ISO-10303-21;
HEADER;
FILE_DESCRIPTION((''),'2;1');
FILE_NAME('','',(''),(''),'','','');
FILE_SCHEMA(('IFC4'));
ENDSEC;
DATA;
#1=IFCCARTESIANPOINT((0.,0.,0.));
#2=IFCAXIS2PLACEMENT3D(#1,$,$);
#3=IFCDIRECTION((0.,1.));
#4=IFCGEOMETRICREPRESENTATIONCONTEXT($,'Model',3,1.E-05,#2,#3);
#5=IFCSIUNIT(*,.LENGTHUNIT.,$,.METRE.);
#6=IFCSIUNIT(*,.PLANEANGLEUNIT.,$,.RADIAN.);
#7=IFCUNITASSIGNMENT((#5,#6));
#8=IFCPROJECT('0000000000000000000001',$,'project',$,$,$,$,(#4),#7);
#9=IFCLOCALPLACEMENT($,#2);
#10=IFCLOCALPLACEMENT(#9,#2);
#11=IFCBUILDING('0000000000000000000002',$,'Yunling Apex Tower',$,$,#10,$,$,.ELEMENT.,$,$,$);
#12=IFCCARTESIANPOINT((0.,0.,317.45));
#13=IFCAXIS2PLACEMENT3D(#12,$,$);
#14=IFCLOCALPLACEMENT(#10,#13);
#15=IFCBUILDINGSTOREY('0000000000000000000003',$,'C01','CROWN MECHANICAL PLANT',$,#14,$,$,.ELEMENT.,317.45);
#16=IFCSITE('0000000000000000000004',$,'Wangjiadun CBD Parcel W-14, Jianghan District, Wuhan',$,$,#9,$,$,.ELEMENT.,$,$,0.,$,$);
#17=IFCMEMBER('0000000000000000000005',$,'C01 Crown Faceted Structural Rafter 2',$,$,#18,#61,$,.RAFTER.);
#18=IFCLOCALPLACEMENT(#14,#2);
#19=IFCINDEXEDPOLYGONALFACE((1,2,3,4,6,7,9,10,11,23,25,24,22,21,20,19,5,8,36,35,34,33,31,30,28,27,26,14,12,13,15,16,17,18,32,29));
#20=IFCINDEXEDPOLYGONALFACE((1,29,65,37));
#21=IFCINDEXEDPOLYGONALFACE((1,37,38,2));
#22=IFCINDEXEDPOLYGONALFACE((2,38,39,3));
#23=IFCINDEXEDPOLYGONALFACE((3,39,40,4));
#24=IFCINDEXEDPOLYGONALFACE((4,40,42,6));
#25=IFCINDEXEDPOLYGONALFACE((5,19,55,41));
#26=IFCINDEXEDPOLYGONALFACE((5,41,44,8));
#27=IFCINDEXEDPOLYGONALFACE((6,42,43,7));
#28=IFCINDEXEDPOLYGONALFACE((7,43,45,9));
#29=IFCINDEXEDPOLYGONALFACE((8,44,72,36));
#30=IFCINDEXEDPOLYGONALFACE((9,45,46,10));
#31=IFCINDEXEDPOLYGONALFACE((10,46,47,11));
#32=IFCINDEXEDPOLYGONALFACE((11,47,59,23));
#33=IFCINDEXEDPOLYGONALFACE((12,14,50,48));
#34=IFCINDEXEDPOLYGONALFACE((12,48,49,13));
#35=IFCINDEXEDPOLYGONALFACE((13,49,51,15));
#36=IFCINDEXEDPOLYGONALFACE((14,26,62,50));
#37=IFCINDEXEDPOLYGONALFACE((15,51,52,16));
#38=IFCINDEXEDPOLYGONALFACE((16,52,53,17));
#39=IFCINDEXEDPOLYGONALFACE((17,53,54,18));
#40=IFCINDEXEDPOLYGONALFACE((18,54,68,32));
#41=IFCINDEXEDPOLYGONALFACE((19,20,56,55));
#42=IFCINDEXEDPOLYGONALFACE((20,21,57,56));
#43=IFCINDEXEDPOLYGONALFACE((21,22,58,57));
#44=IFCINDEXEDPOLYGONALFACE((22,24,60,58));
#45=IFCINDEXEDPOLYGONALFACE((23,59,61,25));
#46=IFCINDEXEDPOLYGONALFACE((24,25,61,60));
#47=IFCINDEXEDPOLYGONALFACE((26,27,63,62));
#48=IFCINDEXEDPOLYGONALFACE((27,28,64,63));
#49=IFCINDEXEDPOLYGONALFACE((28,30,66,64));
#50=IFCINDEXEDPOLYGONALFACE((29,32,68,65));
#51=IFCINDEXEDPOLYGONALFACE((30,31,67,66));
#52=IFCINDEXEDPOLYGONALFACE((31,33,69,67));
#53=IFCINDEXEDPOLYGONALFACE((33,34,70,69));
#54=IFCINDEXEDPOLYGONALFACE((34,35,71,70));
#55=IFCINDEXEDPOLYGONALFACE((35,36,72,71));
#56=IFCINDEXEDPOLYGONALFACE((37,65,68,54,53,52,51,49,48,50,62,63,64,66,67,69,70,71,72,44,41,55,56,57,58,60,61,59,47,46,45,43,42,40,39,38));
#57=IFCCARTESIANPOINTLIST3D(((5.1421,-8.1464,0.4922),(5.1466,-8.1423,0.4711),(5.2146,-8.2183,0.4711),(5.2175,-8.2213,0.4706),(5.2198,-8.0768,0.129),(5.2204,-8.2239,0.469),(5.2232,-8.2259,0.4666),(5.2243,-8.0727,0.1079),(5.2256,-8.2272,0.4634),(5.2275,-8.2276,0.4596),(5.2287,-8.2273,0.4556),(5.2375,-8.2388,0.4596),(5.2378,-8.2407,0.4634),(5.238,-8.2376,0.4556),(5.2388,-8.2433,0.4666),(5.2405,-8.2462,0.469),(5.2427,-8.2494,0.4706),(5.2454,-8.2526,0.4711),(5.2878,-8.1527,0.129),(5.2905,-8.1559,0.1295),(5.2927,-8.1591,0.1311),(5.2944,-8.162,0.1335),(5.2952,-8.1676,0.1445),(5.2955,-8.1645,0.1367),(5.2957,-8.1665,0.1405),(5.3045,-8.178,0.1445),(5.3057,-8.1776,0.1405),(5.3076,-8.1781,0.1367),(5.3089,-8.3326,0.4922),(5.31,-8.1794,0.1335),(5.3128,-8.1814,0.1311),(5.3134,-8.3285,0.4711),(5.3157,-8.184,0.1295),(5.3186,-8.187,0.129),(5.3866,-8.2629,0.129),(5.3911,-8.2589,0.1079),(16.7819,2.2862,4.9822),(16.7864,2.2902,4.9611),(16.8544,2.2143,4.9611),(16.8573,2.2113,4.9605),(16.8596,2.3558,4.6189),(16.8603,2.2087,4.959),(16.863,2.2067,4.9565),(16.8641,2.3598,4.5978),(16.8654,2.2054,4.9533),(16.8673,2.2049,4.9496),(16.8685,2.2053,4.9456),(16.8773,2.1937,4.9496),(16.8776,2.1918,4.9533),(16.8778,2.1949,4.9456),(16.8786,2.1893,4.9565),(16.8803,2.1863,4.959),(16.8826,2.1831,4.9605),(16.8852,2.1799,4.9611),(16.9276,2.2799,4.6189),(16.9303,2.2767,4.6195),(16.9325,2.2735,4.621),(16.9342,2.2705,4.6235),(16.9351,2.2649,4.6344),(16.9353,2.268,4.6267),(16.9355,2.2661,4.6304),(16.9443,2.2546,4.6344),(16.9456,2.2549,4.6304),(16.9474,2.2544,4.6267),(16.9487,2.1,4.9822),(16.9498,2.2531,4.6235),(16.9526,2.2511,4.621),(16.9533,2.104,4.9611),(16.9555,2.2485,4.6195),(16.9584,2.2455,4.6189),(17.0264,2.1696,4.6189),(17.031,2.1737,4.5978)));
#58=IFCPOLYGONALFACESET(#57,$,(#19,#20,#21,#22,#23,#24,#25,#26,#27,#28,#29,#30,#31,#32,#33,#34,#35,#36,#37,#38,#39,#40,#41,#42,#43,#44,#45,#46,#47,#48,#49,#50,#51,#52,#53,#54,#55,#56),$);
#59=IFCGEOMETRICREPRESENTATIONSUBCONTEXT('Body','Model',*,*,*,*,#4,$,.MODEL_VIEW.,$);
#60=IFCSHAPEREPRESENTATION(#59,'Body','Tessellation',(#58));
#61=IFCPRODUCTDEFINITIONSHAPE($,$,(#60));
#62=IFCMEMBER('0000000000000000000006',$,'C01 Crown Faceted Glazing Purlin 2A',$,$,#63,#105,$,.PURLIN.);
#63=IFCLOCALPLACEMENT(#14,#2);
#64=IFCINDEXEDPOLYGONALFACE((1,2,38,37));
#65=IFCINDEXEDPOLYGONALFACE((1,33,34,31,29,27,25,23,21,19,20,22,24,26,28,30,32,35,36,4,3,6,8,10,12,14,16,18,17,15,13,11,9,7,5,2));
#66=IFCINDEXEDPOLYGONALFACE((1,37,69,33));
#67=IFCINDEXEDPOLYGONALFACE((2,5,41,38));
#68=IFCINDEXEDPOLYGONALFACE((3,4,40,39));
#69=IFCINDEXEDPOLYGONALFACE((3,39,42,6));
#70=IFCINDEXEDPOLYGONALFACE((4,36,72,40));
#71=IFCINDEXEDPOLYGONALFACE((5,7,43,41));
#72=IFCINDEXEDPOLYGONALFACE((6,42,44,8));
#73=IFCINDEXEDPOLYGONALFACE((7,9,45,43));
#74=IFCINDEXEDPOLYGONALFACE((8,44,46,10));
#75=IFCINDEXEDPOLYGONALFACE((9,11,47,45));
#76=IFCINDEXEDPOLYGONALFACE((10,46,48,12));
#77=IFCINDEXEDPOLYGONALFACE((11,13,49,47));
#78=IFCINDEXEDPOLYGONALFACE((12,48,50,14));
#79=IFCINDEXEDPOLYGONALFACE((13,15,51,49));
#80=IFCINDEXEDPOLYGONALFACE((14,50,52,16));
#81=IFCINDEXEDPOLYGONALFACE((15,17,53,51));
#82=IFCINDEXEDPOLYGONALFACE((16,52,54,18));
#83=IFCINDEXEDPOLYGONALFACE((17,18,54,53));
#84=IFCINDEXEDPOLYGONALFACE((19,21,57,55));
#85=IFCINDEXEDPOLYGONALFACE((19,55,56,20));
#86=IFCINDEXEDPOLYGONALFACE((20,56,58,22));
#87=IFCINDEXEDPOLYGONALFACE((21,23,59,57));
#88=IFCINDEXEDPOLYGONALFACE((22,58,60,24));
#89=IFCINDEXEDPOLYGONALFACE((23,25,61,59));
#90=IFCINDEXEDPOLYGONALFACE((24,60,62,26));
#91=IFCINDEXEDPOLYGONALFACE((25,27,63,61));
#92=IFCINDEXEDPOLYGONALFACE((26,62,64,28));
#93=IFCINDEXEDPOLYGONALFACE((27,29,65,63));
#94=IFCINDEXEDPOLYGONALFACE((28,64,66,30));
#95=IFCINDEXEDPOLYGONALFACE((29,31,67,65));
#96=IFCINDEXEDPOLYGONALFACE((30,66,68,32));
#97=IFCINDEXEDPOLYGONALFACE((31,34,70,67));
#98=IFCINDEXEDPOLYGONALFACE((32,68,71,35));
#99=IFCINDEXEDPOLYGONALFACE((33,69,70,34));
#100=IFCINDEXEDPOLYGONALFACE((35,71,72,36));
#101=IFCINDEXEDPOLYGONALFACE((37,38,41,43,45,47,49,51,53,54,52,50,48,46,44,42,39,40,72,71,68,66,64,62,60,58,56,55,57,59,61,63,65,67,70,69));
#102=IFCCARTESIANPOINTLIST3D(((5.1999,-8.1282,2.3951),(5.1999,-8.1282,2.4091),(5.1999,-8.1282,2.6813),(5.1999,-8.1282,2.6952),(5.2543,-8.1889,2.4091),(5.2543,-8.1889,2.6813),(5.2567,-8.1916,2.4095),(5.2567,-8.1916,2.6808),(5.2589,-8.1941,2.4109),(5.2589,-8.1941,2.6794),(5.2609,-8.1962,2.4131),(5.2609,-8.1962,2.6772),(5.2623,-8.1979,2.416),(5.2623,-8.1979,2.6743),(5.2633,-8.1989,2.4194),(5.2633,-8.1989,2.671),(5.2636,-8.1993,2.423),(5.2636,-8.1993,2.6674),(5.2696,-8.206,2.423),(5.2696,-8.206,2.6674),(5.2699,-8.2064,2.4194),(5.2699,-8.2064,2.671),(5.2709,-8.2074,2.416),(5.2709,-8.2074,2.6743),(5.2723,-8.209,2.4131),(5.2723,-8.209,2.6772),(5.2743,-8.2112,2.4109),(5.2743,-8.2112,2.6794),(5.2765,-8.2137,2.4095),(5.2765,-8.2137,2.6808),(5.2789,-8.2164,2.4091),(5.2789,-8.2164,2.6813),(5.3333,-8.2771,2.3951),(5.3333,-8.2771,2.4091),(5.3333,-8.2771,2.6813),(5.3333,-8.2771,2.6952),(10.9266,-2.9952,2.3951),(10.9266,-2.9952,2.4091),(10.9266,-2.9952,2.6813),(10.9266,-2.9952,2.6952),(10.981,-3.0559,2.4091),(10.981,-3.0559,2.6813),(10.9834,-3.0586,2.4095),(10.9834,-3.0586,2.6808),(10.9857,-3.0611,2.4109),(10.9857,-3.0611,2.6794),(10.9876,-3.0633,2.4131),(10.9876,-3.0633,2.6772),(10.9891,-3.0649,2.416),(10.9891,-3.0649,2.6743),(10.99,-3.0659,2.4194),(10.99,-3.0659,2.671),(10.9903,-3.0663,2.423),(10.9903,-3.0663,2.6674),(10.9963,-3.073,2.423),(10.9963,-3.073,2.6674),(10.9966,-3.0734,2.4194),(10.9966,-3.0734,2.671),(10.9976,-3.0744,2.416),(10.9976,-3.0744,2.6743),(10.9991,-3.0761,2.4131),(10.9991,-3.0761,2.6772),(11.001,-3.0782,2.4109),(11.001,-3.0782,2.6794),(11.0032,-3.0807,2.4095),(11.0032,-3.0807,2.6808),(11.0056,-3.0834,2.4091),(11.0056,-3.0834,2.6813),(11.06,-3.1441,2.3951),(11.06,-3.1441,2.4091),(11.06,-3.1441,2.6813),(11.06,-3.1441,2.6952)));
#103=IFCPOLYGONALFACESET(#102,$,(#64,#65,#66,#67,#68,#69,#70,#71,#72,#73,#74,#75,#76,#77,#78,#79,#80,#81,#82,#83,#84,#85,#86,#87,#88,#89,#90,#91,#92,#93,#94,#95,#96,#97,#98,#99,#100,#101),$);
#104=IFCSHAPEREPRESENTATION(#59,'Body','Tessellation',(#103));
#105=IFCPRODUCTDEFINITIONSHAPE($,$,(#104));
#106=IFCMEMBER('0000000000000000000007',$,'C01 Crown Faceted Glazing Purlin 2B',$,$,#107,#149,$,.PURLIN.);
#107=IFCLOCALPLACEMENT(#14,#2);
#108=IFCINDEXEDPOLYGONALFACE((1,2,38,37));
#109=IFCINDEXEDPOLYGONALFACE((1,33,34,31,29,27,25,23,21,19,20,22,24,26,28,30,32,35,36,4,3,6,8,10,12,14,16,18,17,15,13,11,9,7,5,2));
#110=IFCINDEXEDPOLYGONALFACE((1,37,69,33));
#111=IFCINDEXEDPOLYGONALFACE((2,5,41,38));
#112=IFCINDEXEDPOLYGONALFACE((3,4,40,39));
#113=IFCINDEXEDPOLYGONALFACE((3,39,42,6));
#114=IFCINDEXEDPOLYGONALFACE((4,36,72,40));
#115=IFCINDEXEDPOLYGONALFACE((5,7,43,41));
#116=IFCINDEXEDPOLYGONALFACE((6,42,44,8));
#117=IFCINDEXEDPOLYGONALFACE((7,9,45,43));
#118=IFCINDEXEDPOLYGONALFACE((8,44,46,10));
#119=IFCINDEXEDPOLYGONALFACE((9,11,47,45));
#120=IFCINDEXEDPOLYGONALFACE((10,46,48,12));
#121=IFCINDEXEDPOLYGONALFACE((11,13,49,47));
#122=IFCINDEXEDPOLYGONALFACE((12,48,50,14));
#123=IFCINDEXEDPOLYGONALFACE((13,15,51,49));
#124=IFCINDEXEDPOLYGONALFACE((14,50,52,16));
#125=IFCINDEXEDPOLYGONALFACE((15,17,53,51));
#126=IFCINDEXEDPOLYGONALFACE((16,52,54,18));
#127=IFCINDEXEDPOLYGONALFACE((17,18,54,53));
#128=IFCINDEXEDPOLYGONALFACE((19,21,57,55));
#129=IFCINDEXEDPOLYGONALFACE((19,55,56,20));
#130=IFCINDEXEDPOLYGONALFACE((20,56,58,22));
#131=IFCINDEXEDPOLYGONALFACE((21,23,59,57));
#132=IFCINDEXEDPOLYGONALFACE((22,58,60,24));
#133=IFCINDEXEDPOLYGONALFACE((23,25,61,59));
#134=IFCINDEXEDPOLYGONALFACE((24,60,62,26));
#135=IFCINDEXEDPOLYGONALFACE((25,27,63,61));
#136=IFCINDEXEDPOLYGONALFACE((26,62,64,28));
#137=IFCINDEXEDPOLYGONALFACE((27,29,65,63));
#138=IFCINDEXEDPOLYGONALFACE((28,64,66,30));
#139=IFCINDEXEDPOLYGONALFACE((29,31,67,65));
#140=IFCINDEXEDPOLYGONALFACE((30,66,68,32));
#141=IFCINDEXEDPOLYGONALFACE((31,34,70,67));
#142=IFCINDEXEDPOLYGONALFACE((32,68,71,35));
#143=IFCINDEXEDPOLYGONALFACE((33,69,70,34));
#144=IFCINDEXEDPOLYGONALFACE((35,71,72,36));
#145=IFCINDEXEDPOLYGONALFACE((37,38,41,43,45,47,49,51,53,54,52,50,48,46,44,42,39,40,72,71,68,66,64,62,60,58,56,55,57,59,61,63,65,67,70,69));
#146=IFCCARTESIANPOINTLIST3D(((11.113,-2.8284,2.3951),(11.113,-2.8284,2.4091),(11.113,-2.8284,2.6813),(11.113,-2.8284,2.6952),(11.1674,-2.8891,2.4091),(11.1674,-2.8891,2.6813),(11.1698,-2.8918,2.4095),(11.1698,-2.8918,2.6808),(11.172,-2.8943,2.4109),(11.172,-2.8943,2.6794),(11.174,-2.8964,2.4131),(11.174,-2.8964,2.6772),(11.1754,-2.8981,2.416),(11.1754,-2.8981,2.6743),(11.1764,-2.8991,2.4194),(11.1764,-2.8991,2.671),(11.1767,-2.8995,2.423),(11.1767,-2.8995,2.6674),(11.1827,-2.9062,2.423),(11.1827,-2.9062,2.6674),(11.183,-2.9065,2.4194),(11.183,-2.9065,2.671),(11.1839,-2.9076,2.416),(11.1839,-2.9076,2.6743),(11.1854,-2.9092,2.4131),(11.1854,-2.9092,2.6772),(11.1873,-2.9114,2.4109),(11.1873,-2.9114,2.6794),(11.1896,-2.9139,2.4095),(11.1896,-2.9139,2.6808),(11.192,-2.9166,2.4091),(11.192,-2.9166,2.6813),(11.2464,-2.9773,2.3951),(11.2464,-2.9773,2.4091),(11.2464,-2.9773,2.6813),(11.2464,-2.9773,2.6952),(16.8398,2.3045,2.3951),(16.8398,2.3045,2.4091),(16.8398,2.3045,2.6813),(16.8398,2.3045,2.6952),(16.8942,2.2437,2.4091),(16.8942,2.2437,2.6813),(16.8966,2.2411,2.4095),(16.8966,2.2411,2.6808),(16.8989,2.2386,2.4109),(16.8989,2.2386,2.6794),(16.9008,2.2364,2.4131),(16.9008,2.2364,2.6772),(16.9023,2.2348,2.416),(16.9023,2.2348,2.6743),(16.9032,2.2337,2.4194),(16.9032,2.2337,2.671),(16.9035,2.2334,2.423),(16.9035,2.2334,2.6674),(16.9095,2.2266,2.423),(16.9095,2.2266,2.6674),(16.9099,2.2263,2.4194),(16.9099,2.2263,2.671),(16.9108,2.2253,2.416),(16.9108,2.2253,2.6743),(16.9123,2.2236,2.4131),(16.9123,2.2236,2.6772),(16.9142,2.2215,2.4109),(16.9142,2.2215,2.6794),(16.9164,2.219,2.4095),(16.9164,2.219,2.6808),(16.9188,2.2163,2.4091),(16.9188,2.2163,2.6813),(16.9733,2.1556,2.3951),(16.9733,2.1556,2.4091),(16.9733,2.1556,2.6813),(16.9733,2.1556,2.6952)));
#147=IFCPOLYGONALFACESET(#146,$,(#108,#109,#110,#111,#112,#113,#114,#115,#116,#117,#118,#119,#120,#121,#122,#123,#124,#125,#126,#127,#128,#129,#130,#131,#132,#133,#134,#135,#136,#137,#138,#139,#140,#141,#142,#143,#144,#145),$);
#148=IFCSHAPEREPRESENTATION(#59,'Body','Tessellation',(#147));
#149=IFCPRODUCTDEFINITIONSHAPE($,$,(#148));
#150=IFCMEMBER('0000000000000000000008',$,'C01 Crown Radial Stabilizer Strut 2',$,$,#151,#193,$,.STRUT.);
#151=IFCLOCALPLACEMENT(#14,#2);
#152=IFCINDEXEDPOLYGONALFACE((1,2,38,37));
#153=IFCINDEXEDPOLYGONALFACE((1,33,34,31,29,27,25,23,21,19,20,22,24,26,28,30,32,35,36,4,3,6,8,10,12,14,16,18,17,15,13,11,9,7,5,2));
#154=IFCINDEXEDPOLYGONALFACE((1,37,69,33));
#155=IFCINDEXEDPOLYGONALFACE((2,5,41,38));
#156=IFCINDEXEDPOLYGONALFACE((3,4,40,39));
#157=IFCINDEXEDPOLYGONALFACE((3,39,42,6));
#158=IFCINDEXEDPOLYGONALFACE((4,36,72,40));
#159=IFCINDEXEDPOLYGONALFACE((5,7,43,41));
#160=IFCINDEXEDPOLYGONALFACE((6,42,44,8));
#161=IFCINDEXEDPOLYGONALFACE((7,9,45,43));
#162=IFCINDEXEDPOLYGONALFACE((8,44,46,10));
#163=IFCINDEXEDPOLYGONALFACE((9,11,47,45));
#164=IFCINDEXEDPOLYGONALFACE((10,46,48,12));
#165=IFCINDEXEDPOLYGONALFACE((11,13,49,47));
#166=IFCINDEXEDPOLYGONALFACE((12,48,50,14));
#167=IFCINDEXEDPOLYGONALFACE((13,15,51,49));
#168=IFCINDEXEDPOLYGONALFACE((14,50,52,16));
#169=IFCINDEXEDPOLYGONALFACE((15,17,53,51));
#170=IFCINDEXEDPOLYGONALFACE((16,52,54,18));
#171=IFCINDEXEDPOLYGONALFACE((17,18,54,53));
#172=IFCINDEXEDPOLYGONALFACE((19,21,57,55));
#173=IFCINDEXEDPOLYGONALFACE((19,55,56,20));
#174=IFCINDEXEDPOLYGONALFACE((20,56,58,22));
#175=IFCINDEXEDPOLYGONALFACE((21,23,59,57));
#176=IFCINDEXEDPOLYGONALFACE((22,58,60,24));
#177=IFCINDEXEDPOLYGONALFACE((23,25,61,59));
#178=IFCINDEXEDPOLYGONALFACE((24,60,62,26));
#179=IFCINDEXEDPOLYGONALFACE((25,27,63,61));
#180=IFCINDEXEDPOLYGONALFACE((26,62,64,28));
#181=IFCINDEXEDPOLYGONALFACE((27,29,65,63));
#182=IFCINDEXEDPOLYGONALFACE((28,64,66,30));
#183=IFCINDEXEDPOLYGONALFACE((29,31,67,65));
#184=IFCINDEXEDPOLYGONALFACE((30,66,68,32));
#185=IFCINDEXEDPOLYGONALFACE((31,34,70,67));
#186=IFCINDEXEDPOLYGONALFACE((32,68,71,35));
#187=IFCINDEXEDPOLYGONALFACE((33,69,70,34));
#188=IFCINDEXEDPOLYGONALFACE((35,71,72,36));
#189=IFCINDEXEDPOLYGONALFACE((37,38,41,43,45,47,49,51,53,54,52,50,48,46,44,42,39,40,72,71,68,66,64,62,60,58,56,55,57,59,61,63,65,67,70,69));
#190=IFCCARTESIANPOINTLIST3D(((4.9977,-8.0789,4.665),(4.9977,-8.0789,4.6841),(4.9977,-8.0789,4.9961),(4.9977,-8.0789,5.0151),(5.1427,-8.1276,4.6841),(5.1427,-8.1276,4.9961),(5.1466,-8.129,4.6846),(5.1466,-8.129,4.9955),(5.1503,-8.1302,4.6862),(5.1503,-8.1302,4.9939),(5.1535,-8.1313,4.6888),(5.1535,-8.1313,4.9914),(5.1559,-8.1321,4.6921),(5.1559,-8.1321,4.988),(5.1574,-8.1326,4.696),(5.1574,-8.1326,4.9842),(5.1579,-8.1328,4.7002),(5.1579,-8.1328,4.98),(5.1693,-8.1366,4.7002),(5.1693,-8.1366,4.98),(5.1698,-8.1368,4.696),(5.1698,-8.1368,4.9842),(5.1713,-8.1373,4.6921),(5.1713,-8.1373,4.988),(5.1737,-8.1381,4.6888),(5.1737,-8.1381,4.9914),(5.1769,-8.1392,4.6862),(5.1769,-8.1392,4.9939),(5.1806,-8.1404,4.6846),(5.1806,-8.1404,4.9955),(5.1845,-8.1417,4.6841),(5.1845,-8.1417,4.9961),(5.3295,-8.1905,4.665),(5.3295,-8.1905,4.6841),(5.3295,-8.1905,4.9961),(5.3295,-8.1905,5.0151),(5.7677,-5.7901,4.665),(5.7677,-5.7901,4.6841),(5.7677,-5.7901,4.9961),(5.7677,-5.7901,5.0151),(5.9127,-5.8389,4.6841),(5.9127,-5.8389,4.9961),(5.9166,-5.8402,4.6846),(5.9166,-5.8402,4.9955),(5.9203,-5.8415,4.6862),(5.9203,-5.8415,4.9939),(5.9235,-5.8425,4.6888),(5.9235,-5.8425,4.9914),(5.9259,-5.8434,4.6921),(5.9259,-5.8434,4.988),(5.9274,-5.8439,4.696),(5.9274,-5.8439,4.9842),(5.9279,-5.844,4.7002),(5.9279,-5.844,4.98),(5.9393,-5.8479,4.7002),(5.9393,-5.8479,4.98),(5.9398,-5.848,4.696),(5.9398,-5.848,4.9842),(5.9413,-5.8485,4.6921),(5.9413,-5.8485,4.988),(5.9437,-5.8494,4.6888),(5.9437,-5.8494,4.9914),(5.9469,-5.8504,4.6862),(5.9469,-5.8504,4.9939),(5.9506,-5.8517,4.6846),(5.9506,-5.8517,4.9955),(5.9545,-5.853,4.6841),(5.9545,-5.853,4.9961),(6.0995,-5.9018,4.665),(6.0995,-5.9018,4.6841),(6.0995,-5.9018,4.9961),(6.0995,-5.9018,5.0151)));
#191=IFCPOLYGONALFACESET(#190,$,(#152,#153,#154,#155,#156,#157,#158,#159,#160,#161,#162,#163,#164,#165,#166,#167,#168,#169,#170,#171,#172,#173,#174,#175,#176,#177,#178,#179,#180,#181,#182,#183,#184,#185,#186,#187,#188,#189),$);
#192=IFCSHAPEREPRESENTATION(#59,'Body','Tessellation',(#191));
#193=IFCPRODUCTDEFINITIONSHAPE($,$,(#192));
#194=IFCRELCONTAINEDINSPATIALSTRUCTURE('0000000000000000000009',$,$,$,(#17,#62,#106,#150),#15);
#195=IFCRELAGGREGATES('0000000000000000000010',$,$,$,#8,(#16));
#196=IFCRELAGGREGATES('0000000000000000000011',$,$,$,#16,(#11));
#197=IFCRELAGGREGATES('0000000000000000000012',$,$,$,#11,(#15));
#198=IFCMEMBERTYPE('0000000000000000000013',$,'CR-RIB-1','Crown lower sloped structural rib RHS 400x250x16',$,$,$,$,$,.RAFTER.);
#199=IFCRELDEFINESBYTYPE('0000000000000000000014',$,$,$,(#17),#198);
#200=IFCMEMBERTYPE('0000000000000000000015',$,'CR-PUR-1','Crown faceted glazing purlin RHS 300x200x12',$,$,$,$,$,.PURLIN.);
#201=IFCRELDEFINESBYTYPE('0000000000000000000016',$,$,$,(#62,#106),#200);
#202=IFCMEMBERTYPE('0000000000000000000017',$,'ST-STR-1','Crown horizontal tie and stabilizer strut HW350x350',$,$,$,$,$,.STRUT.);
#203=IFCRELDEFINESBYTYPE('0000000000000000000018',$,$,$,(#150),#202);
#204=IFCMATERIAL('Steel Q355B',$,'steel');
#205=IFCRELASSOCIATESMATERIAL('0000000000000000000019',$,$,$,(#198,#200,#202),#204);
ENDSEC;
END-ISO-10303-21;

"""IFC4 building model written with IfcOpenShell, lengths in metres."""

from ifc_helpers import new_model, si_unit, direction, frame, origin, origin_2d, place, context, subcontext, project, spatial, i_section, extrude, source, transform, mapped, material, material_profile, profile_set, type_object, element, save


model = new_model("IFC4")

# Units and contexts
model_context = context("Model", 3, precision=1e-05, world=origin(), true_north=direction((0.0, 1.0)))
body_context = subcontext(model_context, "Body", "Model", "MODEL_VIEW")
ifc_project = project(units=[si_unit("LENGTHUNIT", "METRE"), si_unit("PLANEANGLEUNIT", "RADIAN")], contexts=[model_context])

# Site, building, storey
site_placement = place(None, origin())
site = spatial("IfcSite", under=ifc_project, at=site_placement, Name="Wangjiadun CBD Parcel W-14, Jianghan District, Wuhan", CompositionType="ELEMENT", RefElevation=0.0)
building_placement = place(site_placement, origin())
building = spatial("IfcBuilding", under=site, at=building_placement, Name="Yunling Apex Tower", CompositionType="ELEMENT")
storey_placement = place(building_placement, frame((0.0, 0.0, 317.45)))
storey = spatial("IfcBuildingStorey", under=building, at=storey_placement, Name="C01", Description="CROWN MECHANICAL PLANT", CompositionType="ELEMENT", Elevation=317.45)

# Shared definitions
ifc_material_1 = material(Name="Steel Q355B", Category="steel")

# Members
ifc_material_profile_1 = material_profile(ifc_material_1, i_section(OverallWidth=0.25, OverallDepth=0.3999, WebThickness=0.0139, FlangeThickness=0.022, FilletRadius=0.0161, at=origin_2d()))
ifc_profile_set_1 = profile_set([ifc_material_profile_1], Name="Steel Q355B")
member_type_1 = type_object("IfcMemberType", Name="CR-RIB-1", Description="Crown lower sloped structural rib RHS 400x250x16", PredefinedType="RAFTER", material=ifc_profile_set_1)
shared_shape_1 = source(origin(), body_context, "Body", "SweptSolid", [
    extrude(i_section(OverallWidth=0.25, OverallDepth=0.3999, WebThickness=0.0139, FlangeThickness=0.022, FilletRadius=0.0161, at=origin_2d()), origin(), (0.0, 0.0, 1.0), 16.2629),
])
member_1_placement = place(storey_placement, frame((5.2666, -8.2026, 0.3), z_axis=(0.715727, 0.641492, 0.276085), x_axis=(-0.667433, 0.74467, 0.0)))
element("IfcMember", 1, at=member_1_placement, inside=storey, type_object=member_type_1, Name="C01 Crown Faceted Structural Rafter 2", PredefinedType="RAFTER", context=body_context, shape_type="MappedRepresentation", body=[
    mapped(shared_shape_1, transform((0.0, 0.0, 0.0), scale=1.0)),
])
ifc_material_profile_2 = material_profile(ifc_material_1, i_section(OverallWidth=0.2, OverallDepth=0.3, WebThickness=0.009, FlangeThickness=0.0139, FilletRadius=0.0139, at=origin_2d()))
ifc_profile_set_2 = profile_set([ifc_material_profile_2], Name="Steel Q355B")
member_type_2 = type_object("IfcMemberType", Name="CR-PUR-1", Description="Crown faceted glazing purlin RHS 300x200x12", PredefinedType="PURLIN", material=ifc_profile_set_2)
shared_shape_2 = source(origin(), body_context, "Body", "SweptSolid", [
    extrude(i_section(OverallWidth=0.2, OverallDepth=0.3, WebThickness=0.009, FlangeThickness=0.0139, FilletRadius=0.0139, at=origin_2d()), origin(), (0.0, 0.0, 1.0), 7.6904),
])
for number, where, z_axis, x_axis, name in (
    (2, (5.2666, -8.2026, 2.5452), (0.744655, 0.66745, 0.0), (-0.66745, 0.744655, 0.0), "C01 Crown Faceted Glazing Purlin 2A"),
    (3, (11.1797, -2.9028, 2.5452), (0.744671, 0.667432, 0.0), (-0.667432, 0.744671, 0.0), "C01 Crown Faceted Glazing Purlin 2B"),
):
    element("IfcMember", number, at=place(storey_placement, frame(where, z_axis=z_axis, x_axis=x_axis)), inside=storey, type_object=member_type_2, Name=name, PredefinedType="PURLIN", context=body_context, shape_type="MappedRepresentation", body=[
        mapped(shared_shape_2, transform((0.0, 0.0, 0.0), scale=1.0)),
    ])
ifc_material_profile_3 = material_profile(ifc_material_1, i_section(OverallWidth=0.3501, OverallDepth=0.3501, WebThickness=0.012, FlangeThickness=0.019, FilletRadius=0.0161, at=origin_2d()))
ifc_profile_set_3 = profile_set([ifc_material_profile_3], Name="Steel Q355B")
member_type_3 = type_object("IfcMemberType", Name="ST-STR-1", Description="Crown horizontal tie and stabilizer strut HW350x350", PredefinedType="STRUT", material=ifc_profile_set_3)
shared_shape_3 = source(origin(), body_context, "Body", "SweptSolid", [
    extrude(i_section(OverallWidth=0.3501, OverallDepth=0.3501, WebThickness=0.012, FlangeThickness=0.019, FilletRadius=0.0161, at=origin_2d()), origin(), (0.0, 0.0, 1.0), 2.4148),
])
member_2_placement = place(storey_placement, frame((5.9336, -5.8459, 4.8401), z_axis=(-0.318865, -0.9478, 0.0), x_axis=(0.9478, -0.318865, 0.0)))
element("IfcMember", 4, at=member_2_placement, inside=storey, type_object=member_type_3, Name="C01 Crown Radial Stabilizer Strut 2", PredefinedType="STRUT", context=body_context, shape_type="MappedRepresentation", body=[
    mapped(shared_shape_3, transform((0.0, 0.0, 0.0), scale=1.0)),
])

save(model, "model.ifc")
